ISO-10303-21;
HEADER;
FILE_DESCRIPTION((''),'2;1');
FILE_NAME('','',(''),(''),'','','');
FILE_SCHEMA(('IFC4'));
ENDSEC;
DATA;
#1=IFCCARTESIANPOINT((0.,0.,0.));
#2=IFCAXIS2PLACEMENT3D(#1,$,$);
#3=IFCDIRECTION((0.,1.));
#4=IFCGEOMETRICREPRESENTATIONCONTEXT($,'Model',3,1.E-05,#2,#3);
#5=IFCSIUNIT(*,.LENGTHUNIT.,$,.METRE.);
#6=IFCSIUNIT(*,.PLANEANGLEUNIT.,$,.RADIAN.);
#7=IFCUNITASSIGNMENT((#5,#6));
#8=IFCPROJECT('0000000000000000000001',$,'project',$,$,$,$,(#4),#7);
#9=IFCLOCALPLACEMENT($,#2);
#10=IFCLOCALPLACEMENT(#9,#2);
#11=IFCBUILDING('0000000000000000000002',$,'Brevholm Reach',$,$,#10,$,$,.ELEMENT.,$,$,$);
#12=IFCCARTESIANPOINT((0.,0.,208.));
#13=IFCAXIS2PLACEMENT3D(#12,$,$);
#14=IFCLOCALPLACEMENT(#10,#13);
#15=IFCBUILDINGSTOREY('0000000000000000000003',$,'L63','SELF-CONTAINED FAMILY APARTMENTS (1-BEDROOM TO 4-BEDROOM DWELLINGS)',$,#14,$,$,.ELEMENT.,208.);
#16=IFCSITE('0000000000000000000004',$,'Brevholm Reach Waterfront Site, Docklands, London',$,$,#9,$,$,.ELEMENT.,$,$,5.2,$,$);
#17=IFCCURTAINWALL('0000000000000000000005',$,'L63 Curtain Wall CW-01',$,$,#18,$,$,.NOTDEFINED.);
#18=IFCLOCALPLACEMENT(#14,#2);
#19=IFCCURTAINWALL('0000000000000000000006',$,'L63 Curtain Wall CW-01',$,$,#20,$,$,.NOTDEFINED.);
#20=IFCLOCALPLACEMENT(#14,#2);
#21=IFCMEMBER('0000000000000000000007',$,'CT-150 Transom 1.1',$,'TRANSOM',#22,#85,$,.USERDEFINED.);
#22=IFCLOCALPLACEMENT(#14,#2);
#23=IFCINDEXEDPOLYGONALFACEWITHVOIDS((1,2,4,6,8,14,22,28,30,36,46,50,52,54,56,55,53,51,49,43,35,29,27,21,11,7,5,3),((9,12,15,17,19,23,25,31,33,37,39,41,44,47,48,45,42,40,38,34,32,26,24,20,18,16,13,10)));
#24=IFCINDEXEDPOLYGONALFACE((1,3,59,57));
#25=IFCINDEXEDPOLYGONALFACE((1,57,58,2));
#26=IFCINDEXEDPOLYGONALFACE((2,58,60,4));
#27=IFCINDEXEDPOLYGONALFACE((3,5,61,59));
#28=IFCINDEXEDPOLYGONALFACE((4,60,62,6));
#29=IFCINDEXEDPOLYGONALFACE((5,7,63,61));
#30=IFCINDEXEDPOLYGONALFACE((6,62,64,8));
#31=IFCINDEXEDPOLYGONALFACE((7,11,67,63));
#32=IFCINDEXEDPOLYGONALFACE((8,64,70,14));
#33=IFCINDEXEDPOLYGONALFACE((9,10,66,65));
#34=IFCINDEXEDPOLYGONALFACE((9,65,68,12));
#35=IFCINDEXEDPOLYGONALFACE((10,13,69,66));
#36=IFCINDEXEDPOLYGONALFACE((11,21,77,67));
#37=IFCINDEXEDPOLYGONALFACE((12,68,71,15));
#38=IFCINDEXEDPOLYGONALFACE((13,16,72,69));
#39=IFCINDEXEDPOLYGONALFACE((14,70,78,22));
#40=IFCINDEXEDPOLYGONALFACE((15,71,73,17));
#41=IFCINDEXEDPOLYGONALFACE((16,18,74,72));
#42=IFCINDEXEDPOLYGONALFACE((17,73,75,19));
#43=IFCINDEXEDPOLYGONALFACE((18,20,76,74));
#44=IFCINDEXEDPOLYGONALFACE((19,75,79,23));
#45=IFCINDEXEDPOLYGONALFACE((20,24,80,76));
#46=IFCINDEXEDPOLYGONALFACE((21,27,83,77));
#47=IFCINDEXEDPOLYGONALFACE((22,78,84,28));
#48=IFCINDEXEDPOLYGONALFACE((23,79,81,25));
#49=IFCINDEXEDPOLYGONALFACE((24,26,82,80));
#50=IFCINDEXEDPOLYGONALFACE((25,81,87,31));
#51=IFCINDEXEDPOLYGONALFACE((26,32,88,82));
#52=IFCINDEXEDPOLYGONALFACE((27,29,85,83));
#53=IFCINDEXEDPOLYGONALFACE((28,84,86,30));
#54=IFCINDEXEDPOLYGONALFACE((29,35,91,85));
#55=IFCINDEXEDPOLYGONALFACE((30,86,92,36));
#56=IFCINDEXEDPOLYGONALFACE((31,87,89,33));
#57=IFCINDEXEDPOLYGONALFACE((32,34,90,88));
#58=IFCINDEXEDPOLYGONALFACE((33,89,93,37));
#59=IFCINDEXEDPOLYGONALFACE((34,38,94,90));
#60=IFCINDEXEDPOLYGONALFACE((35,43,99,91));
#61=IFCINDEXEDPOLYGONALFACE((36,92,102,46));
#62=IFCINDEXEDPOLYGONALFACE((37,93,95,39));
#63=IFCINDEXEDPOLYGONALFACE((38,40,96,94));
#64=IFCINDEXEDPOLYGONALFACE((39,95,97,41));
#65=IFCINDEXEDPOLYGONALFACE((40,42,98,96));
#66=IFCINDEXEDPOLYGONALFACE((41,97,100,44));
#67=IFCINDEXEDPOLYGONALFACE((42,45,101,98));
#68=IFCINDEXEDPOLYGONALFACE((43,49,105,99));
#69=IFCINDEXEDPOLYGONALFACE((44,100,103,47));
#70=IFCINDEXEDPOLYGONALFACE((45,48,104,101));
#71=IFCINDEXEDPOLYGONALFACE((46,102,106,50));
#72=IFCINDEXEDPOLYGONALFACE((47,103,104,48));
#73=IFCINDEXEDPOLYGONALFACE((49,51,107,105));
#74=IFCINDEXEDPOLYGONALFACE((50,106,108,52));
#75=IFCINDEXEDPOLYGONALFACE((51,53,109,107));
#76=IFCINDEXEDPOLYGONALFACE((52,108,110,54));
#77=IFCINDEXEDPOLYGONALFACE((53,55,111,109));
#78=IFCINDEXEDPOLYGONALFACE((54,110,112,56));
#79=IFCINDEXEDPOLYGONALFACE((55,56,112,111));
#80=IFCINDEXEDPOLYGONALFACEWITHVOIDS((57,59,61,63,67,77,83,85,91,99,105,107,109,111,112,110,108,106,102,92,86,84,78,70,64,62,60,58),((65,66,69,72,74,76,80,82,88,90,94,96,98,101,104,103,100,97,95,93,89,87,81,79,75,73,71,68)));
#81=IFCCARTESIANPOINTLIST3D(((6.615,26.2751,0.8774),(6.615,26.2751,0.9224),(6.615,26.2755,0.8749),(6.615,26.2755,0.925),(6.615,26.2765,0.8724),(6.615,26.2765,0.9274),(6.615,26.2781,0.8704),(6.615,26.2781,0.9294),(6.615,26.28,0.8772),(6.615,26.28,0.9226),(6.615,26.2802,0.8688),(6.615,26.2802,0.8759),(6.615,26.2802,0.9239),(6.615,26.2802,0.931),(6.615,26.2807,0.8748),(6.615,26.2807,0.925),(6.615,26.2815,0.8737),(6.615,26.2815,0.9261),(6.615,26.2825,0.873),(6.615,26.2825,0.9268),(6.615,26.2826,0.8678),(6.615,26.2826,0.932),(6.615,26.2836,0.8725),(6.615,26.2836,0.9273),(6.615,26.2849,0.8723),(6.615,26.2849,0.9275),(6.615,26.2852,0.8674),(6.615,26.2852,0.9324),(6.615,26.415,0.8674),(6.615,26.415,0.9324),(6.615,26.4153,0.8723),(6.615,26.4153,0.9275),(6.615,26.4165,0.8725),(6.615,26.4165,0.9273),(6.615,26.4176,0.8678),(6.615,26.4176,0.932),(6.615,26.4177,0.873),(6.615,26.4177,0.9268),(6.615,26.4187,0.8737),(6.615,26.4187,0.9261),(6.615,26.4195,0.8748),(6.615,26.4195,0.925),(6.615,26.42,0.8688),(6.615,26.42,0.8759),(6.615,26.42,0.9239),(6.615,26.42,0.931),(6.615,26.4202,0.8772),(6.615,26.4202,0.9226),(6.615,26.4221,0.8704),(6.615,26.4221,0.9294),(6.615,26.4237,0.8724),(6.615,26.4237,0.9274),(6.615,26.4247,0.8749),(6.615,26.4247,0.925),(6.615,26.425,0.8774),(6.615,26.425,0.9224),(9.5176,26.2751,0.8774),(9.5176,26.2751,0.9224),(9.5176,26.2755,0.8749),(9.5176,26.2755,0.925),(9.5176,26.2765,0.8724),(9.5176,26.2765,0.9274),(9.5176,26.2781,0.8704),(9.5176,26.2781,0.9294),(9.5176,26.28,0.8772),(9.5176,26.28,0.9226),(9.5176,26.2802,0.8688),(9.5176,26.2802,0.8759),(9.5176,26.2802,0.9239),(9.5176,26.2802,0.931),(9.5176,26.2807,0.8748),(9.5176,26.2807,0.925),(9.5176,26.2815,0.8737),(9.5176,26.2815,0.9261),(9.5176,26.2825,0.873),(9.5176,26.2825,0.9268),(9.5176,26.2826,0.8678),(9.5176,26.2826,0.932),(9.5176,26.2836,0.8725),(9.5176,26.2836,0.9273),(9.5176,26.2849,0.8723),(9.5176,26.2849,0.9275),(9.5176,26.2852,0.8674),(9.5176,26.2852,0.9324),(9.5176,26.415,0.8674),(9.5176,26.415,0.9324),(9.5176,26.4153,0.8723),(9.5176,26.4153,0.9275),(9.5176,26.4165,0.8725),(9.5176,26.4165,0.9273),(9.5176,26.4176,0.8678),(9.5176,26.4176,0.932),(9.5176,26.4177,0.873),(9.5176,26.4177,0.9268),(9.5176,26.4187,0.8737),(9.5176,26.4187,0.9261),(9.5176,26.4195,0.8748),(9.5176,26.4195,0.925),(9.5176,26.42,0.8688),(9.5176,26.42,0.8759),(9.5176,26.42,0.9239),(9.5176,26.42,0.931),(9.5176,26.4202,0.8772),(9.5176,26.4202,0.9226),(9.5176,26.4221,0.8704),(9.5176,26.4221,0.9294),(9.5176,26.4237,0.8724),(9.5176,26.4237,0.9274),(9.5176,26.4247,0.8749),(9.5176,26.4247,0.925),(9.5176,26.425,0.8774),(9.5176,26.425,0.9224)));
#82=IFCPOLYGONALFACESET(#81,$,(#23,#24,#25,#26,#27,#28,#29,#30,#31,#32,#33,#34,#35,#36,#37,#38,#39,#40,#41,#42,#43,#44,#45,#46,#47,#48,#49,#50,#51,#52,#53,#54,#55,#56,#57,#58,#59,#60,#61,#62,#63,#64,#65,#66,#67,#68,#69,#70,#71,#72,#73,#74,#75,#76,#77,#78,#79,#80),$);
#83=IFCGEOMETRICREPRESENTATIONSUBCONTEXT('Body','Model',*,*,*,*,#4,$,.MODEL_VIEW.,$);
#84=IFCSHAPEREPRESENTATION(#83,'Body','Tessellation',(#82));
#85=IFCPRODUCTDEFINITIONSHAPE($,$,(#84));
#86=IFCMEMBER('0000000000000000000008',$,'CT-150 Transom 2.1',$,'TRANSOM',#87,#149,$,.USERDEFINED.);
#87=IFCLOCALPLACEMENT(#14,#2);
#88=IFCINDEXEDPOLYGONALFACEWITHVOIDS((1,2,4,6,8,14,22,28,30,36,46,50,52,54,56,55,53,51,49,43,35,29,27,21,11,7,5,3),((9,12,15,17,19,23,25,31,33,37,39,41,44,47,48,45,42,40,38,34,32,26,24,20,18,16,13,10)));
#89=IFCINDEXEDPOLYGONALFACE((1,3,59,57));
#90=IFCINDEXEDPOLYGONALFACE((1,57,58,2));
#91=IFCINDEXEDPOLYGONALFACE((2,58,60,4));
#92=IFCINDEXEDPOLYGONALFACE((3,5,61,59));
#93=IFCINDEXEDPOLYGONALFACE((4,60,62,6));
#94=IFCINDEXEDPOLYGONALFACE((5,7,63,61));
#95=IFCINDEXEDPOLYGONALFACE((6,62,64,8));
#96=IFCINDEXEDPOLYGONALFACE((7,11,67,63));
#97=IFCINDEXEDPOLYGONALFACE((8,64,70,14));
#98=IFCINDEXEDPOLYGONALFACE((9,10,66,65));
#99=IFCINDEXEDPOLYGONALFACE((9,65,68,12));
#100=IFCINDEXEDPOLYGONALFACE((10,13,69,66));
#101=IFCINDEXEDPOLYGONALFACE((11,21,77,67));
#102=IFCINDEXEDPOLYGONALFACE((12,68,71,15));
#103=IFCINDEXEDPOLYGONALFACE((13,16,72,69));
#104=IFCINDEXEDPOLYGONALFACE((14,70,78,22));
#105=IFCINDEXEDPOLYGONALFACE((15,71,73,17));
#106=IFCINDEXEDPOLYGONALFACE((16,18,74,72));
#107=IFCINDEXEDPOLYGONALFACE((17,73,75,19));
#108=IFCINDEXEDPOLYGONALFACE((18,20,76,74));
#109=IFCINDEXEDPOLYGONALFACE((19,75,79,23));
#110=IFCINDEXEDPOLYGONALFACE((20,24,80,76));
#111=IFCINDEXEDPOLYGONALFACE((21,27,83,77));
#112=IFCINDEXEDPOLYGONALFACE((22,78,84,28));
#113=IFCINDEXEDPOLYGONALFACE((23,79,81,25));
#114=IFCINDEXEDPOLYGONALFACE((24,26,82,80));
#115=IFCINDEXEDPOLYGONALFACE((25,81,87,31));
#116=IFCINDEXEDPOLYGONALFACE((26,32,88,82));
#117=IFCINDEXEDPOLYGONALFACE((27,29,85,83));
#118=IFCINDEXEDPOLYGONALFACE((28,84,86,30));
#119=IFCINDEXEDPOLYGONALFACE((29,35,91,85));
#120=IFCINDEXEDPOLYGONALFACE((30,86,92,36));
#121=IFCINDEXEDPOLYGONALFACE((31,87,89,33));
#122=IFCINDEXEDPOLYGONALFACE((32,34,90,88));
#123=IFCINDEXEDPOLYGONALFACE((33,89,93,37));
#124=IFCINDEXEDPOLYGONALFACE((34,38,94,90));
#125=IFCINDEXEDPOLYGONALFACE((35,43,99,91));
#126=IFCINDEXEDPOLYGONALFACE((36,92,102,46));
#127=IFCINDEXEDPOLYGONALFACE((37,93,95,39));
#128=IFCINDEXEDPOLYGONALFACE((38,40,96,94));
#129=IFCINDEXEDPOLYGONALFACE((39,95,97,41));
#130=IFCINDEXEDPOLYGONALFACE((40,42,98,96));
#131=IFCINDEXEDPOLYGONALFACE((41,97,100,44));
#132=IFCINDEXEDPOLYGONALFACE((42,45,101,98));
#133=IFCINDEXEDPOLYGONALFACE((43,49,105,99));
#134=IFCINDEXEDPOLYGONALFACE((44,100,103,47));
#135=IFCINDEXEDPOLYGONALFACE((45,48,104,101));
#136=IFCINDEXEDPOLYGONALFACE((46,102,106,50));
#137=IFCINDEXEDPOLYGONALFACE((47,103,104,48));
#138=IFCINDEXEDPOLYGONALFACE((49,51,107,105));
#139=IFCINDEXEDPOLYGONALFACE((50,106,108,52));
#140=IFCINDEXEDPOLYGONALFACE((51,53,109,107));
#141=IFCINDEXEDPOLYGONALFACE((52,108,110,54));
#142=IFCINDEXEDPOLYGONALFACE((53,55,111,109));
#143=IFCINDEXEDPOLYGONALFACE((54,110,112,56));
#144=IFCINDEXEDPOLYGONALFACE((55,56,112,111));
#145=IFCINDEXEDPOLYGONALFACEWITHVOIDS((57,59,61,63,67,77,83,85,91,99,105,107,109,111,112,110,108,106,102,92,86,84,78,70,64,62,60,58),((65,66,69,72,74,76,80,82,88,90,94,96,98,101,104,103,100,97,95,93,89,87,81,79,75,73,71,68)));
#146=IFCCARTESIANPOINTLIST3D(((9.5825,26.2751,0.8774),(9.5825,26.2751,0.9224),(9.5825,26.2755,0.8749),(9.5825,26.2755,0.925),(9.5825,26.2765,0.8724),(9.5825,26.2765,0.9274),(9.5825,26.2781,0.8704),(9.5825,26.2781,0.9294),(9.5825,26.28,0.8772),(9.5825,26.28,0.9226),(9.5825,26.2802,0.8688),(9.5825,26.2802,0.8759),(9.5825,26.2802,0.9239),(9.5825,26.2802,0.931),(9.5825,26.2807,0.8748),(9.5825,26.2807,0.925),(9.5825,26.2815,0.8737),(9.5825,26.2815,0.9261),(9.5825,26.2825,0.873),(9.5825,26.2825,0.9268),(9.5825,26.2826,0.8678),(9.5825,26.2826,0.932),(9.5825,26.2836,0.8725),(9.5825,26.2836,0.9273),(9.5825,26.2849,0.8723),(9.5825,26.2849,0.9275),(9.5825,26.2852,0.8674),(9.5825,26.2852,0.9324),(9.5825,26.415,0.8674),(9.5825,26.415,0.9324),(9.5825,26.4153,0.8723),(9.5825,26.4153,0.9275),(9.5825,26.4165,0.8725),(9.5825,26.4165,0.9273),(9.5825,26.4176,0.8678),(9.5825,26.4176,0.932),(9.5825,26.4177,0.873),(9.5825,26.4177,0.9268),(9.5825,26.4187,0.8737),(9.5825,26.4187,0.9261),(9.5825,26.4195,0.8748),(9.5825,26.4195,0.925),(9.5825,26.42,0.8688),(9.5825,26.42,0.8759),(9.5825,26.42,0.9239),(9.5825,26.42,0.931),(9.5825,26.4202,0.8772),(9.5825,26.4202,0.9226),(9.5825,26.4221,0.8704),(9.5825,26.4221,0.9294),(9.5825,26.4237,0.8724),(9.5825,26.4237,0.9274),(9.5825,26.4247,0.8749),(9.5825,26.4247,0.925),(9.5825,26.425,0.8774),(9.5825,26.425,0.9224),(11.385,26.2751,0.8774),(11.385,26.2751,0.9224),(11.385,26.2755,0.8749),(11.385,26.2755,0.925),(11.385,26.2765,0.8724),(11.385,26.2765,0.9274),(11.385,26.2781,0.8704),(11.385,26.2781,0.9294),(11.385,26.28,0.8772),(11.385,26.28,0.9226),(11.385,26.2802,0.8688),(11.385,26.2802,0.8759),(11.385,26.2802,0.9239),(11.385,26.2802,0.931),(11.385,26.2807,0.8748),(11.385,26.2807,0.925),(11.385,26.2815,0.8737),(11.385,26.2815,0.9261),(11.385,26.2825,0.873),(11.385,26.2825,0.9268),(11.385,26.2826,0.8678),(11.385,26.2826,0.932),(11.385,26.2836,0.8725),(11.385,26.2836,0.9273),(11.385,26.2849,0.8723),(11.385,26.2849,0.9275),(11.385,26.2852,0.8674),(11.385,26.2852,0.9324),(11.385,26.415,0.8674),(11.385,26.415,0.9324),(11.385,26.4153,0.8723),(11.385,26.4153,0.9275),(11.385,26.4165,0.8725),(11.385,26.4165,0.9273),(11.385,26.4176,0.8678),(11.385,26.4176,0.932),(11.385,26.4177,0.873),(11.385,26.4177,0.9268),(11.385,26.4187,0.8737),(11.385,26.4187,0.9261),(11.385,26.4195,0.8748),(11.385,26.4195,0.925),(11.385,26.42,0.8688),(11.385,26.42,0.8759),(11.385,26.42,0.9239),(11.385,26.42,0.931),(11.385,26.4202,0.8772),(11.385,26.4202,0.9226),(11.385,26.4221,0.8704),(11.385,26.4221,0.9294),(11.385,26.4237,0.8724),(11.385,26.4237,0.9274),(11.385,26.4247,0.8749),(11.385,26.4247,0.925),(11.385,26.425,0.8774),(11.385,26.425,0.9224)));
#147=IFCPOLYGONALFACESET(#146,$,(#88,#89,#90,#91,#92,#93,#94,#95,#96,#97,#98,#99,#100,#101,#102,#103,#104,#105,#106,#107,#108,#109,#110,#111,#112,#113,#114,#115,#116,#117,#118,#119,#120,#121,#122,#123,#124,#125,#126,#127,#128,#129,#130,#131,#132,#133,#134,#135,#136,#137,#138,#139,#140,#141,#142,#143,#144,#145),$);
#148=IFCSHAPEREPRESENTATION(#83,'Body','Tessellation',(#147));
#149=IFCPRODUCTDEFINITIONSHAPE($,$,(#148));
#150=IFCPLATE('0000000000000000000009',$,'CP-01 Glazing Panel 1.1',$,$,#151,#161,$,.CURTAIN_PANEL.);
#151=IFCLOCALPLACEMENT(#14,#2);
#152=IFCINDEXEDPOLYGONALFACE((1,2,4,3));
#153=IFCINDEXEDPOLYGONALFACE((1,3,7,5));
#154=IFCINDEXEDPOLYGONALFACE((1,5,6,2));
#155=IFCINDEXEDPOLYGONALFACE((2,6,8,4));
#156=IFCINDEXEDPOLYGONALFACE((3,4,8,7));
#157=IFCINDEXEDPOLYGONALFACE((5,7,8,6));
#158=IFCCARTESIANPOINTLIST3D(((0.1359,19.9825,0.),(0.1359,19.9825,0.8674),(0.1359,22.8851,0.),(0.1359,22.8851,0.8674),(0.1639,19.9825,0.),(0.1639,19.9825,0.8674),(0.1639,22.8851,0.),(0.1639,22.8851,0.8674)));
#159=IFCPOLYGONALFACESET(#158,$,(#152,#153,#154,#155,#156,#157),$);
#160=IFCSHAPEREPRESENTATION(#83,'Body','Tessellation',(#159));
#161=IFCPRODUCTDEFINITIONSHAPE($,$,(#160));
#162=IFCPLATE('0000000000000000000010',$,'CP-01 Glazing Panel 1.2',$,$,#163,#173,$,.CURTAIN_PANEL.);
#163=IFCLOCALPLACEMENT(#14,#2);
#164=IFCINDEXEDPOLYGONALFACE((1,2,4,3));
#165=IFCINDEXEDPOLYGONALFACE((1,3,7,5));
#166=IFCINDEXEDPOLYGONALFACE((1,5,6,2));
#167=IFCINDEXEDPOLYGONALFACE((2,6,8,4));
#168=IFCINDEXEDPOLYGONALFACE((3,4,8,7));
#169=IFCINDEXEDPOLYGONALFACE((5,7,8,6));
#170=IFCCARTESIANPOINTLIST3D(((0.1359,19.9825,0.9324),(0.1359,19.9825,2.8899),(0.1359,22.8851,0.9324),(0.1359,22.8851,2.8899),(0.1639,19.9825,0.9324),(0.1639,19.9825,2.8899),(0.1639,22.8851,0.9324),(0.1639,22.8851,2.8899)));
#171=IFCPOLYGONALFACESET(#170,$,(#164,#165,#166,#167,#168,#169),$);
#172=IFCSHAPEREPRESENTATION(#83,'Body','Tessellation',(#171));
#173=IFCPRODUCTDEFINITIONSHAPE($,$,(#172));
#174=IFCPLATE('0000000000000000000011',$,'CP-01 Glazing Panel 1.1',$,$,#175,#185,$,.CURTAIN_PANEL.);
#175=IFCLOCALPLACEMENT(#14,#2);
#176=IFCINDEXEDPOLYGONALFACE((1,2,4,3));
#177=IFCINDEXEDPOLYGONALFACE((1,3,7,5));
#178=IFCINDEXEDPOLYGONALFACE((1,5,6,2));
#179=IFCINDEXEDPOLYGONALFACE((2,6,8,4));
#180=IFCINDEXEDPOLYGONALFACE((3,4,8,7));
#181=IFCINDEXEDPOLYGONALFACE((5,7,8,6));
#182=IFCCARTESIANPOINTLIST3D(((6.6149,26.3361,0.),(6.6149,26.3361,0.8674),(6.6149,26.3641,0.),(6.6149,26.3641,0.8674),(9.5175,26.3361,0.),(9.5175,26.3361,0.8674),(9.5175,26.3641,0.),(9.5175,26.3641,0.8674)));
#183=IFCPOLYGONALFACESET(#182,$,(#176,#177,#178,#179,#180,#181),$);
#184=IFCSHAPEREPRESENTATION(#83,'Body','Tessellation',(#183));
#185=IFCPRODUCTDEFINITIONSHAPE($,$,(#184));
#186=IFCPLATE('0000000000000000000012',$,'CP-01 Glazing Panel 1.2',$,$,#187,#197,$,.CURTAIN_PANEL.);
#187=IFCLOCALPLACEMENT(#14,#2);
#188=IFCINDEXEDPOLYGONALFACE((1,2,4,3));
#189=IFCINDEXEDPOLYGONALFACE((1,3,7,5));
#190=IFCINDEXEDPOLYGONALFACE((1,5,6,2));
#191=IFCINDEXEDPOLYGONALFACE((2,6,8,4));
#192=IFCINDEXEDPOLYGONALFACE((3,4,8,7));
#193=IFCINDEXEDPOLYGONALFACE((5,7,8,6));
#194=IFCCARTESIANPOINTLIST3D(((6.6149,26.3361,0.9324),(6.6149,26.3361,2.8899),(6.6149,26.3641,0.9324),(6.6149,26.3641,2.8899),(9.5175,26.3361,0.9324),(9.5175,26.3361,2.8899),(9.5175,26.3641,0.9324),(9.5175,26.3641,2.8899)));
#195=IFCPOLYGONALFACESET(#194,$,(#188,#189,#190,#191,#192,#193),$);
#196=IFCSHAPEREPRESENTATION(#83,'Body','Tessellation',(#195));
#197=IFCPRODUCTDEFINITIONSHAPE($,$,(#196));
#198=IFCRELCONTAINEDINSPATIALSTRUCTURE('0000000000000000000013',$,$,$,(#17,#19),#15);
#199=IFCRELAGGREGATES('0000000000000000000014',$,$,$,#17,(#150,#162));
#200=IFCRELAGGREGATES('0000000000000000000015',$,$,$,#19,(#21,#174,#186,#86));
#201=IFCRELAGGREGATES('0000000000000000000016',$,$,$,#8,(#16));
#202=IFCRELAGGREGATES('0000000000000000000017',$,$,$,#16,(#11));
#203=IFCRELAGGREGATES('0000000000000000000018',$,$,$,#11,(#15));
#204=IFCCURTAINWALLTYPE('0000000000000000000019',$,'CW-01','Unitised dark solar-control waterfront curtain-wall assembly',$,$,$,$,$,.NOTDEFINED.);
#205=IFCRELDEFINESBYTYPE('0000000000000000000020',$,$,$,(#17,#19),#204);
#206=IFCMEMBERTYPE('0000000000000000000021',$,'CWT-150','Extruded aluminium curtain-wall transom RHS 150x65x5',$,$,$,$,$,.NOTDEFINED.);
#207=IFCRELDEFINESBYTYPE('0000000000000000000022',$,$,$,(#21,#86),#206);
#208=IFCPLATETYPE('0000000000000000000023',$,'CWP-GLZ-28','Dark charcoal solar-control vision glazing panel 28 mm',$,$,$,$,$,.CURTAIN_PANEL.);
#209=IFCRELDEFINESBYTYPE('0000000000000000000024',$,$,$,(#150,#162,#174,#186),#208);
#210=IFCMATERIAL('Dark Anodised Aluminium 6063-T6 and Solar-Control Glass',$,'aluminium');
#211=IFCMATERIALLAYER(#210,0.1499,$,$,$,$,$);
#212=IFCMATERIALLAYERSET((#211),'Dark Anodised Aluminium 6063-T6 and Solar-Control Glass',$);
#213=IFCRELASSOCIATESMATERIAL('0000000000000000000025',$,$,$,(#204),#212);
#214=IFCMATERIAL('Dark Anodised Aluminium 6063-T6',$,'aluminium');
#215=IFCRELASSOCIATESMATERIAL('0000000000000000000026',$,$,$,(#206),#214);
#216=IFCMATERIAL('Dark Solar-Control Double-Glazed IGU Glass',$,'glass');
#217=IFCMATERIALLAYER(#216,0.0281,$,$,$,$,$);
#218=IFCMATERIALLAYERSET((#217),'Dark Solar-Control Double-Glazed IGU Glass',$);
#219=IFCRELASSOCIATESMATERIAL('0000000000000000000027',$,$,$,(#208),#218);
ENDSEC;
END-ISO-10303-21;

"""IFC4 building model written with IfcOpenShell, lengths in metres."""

from ifc_helpers import new_model, si_unit, direction, frame, origin, origin_2d, place, context, subcontext, project, spatial, rectangle, hollow_rectangle, extrude, material, layer, layer_set, material_profile, profile_set, type_object, element, aggregate, save


model = new_model("IFC4")

# Units and contexts
model_context = context("Model", 3, precision=1e-05, world=origin(), true_north=direction((0.0, 1.0)))
body_context = subcontext(model_context, "Body", "Model", "MODEL_VIEW")
ifc_project = project(units=[si_unit("LENGTHUNIT", "METRE"), si_unit("PLANEANGLEUNIT", "RADIAN")], contexts=[model_context])

# Site, building, storey
site_placement = place(None, origin())
site = spatial("IfcSite", under=ifc_project, at=site_placement, Name="Brevholm Reach Waterfront Site, Docklands, London", CompositionType="ELEMENT", RefElevation=5.2)
building_placement = place(site_placement, origin())
building = spatial("IfcBuilding", under=site, at=building_placement, Name="Brevholm Reach", CompositionType="ELEMENT")
storey_placement = place(building_placement, frame((0.0, 0.0, 208.0)))
storey = spatial("IfcBuildingStorey", under=building, at=storey_placement, Name="L63", Description="SELF-CONTAINED FAMILY APARTMENTS (1-BEDROOM TO 4-BEDROOM DWELLINGS)", CompositionType="ELEMENT", Elevation=208.0)

# Curtain wall
ifc_material_1 = material(Name="Dark Anodised Aluminium 6063-T6 and Solar-Control Glass", Category="aluminium")
ifc_layer_1 = layer(ifc_material_1, 0.1499)
ifc_layer_set_1 = layer_set([ifc_layer_1], Name="Dark Anodised Aluminium 6063-T6 and Solar-Control Glass")
curtain_wall_type = type_object("IfcCurtainWallType", Name="CW-01", Description="Unitised dark solar-control waterfront curtain-wall assembly", PredefinedType="NOTDEFINED", material=ifc_layer_set_1)
curtain_wall_1_placement = place(storey_placement, origin())
curtain_wall_1 = element("IfcCurtainWall", 1, at=curtain_wall_1_placement, inside=storey, type_object=curtain_wall_type, Name="L63 Curtain Wall CW-01", PredefinedType="NOTDEFINED")

# Curtain wall
curtain_wall_2_placement = place(storey_placement, origin())
curtain_wall_2 = element("IfcCurtainWall", 2, at=curtain_wall_2_placement, inside=storey, type_object=curtain_wall_type, Name="L63 Curtain Wall CW-01", PredefinedType="NOTDEFINED")

# Members
ifc_material_2 = material(Name="Dark Anodised Aluminium 6063-T6", Category="aluminium")
ifc_material_profile_1 = material_profile(ifc_material_2, hollow_rectangle(XDim=0.0649, YDim=0.1499, WallThickness=0.0049, InnerFilletRadius=0.0049, OuterFilletRadius=0.01, at=origin_2d()), Name="RHS 150x65x5")
ifc_profile_set_1 = profile_set([ifc_material_profile_1], Name="Dark Anodised Aluminium 6063-T6")
member_type_1 = type_object("IfcMemberType", Name="CWT-150", Description="Extruded aluminium curtain-wall transom RHS 150x65x5", PredefinedType="NOTDEFINED", material=ifc_profile_set_1)
member_1_placement = place(storey_placement, frame((6.615, 26.3501, 0.8999), z_axis=(1.0, 0.0, 0.0), x_axis=(0.0, 0.0, 1.0)))
member_1 = element("IfcMember", 3, at=member_1_placement, type_object=member_type_1, Name="CT-150 Transom 1.1", ObjectType="TRANSOM", PredefinedType="USERDEFINED", context=body_context, shape_type="SweptSolid", body=[
    extrude(hollow_rectangle(XDim=0.0649, YDim=0.1499, WallThickness=0.0049, InnerFilletRadius=0.0049, OuterFilletRadius=0.01, at=origin_2d()), origin(), (0.0, 0.0, 1.0), 2.9026),
])
member_2_placement = place(storey_placement, frame((9.5825, 26.3501, 0.8999), z_axis=(1.0, 0.0, 0.0), x_axis=(0.0, 0.0, 1.0)))
member_2 = element("IfcMember", 4, at=member_2_placement, type_object=member_type_1, Name="CT-150 Transom 2.1", ObjectType="TRANSOM", PredefinedType="USERDEFINED", context=body_context, shape_type="SweptSolid", body=[
    extrude(hollow_rectangle(XDim=0.0649, YDim=0.1499, WallThickness=0.0049, InnerFilletRadius=0.0049, OuterFilletRadius=0.01, at=origin_2d()), origin(), (0.0, 0.0, 1.0), 1.8025),
])

# Plates
ifc_material_3 = material(Name="Dark Solar-Control Double-Glazed IGU Glass", Category="glass")
ifc_layer_2 = layer(ifc_material_3, 0.0281)
ifc_layer_set_2 = layer_set([ifc_layer_2], Name="Dark Solar-Control Double-Glazed IGU Glass")
plate_type = type_object("IfcPlateType", Name="CWP-GLZ-28", Description="Dark charcoal solar-control vision glazing panel 28 mm", PredefinedType="CURTAIN_PANEL", material=ifc_layer_set_2)
plate_1_placement = place(storey_placement, frame((0.1499, 21.4338, 0.0), z_axis=(0.0, 0.0, 1.0), x_axis=(0.0, -1.0, 0.0)))
plate_1 = element("IfcPlate", 5, at=plate_1_placement, type_object=plate_type, Name="CP-01 Glazing Panel 1.1", PredefinedType="CURTAIN_PANEL", context=body_context, shape_type="SweptSolid", body=[
    extrude(rectangle(XDim=2.9026, YDim=0.0281, at=origin_2d()), origin(), (0.0, 0.0, 1.0), 0.8674),
])
plate_2_placement = place(storey_placement, frame((0.1499, 21.4338, 0.9324), z_axis=(0.0, 0.0, 1.0), x_axis=(0.0, -1.0, 0.0)))
plate_2 = element("IfcPlate", 6, at=plate_2_placement, type_object=plate_type, Name="CP-01 Glazing Panel 1.2", PredefinedType="CURTAIN_PANEL", context=body_context, shape_type="SweptSolid", body=[
    extrude(rectangle(XDim=2.9026, YDim=0.0281, at=origin_2d()), origin(), (0.0, 0.0, 1.0), 1.9575),
])
aggregate(curtain_wall_1, [plate_1, plate_2])
plate_3_placement = place(storey_placement, frame((8.0662, 26.3501, 0.0), z_axis=(0.0, 0.0, 1.0), x_axis=(1.0, 0.0, 0.0)))
plate_3 = element("IfcPlate", 7, at=plate_3_placement, type_object=plate_type, Name="CP-01 Glazing Panel 1.1", PredefinedType="CURTAIN_PANEL", context=body_context, shape_type="SweptSolid", body=[
    extrude(rectangle(XDim=2.9026, YDim=0.0281, at=origin_2d()), origin(), (0.0, 0.0, 1.0), 0.8674),
])
plate_4_placement = place(storey_placement, frame((8.0662, 26.3501, 0.9324), z_axis=(0.0, 0.0, 1.0), x_axis=(1.0, 0.0, 0.0)))
plate_4 = element("IfcPlate", 8, at=plate_4_placement, type_object=plate_type, Name="CP-01 Glazing Panel 1.2", PredefinedType="CURTAIN_PANEL", context=body_context, shape_type="SweptSolid", body=[
    extrude(rectangle(XDim=2.9026, YDim=0.0281, at=origin_2d()), origin(), (0.0, 0.0, 1.0), 1.9575),
])
aggregate(curtain_wall_2, [member_1, plate_3, plate_4, member_2])

save(model, "model.ifc")
